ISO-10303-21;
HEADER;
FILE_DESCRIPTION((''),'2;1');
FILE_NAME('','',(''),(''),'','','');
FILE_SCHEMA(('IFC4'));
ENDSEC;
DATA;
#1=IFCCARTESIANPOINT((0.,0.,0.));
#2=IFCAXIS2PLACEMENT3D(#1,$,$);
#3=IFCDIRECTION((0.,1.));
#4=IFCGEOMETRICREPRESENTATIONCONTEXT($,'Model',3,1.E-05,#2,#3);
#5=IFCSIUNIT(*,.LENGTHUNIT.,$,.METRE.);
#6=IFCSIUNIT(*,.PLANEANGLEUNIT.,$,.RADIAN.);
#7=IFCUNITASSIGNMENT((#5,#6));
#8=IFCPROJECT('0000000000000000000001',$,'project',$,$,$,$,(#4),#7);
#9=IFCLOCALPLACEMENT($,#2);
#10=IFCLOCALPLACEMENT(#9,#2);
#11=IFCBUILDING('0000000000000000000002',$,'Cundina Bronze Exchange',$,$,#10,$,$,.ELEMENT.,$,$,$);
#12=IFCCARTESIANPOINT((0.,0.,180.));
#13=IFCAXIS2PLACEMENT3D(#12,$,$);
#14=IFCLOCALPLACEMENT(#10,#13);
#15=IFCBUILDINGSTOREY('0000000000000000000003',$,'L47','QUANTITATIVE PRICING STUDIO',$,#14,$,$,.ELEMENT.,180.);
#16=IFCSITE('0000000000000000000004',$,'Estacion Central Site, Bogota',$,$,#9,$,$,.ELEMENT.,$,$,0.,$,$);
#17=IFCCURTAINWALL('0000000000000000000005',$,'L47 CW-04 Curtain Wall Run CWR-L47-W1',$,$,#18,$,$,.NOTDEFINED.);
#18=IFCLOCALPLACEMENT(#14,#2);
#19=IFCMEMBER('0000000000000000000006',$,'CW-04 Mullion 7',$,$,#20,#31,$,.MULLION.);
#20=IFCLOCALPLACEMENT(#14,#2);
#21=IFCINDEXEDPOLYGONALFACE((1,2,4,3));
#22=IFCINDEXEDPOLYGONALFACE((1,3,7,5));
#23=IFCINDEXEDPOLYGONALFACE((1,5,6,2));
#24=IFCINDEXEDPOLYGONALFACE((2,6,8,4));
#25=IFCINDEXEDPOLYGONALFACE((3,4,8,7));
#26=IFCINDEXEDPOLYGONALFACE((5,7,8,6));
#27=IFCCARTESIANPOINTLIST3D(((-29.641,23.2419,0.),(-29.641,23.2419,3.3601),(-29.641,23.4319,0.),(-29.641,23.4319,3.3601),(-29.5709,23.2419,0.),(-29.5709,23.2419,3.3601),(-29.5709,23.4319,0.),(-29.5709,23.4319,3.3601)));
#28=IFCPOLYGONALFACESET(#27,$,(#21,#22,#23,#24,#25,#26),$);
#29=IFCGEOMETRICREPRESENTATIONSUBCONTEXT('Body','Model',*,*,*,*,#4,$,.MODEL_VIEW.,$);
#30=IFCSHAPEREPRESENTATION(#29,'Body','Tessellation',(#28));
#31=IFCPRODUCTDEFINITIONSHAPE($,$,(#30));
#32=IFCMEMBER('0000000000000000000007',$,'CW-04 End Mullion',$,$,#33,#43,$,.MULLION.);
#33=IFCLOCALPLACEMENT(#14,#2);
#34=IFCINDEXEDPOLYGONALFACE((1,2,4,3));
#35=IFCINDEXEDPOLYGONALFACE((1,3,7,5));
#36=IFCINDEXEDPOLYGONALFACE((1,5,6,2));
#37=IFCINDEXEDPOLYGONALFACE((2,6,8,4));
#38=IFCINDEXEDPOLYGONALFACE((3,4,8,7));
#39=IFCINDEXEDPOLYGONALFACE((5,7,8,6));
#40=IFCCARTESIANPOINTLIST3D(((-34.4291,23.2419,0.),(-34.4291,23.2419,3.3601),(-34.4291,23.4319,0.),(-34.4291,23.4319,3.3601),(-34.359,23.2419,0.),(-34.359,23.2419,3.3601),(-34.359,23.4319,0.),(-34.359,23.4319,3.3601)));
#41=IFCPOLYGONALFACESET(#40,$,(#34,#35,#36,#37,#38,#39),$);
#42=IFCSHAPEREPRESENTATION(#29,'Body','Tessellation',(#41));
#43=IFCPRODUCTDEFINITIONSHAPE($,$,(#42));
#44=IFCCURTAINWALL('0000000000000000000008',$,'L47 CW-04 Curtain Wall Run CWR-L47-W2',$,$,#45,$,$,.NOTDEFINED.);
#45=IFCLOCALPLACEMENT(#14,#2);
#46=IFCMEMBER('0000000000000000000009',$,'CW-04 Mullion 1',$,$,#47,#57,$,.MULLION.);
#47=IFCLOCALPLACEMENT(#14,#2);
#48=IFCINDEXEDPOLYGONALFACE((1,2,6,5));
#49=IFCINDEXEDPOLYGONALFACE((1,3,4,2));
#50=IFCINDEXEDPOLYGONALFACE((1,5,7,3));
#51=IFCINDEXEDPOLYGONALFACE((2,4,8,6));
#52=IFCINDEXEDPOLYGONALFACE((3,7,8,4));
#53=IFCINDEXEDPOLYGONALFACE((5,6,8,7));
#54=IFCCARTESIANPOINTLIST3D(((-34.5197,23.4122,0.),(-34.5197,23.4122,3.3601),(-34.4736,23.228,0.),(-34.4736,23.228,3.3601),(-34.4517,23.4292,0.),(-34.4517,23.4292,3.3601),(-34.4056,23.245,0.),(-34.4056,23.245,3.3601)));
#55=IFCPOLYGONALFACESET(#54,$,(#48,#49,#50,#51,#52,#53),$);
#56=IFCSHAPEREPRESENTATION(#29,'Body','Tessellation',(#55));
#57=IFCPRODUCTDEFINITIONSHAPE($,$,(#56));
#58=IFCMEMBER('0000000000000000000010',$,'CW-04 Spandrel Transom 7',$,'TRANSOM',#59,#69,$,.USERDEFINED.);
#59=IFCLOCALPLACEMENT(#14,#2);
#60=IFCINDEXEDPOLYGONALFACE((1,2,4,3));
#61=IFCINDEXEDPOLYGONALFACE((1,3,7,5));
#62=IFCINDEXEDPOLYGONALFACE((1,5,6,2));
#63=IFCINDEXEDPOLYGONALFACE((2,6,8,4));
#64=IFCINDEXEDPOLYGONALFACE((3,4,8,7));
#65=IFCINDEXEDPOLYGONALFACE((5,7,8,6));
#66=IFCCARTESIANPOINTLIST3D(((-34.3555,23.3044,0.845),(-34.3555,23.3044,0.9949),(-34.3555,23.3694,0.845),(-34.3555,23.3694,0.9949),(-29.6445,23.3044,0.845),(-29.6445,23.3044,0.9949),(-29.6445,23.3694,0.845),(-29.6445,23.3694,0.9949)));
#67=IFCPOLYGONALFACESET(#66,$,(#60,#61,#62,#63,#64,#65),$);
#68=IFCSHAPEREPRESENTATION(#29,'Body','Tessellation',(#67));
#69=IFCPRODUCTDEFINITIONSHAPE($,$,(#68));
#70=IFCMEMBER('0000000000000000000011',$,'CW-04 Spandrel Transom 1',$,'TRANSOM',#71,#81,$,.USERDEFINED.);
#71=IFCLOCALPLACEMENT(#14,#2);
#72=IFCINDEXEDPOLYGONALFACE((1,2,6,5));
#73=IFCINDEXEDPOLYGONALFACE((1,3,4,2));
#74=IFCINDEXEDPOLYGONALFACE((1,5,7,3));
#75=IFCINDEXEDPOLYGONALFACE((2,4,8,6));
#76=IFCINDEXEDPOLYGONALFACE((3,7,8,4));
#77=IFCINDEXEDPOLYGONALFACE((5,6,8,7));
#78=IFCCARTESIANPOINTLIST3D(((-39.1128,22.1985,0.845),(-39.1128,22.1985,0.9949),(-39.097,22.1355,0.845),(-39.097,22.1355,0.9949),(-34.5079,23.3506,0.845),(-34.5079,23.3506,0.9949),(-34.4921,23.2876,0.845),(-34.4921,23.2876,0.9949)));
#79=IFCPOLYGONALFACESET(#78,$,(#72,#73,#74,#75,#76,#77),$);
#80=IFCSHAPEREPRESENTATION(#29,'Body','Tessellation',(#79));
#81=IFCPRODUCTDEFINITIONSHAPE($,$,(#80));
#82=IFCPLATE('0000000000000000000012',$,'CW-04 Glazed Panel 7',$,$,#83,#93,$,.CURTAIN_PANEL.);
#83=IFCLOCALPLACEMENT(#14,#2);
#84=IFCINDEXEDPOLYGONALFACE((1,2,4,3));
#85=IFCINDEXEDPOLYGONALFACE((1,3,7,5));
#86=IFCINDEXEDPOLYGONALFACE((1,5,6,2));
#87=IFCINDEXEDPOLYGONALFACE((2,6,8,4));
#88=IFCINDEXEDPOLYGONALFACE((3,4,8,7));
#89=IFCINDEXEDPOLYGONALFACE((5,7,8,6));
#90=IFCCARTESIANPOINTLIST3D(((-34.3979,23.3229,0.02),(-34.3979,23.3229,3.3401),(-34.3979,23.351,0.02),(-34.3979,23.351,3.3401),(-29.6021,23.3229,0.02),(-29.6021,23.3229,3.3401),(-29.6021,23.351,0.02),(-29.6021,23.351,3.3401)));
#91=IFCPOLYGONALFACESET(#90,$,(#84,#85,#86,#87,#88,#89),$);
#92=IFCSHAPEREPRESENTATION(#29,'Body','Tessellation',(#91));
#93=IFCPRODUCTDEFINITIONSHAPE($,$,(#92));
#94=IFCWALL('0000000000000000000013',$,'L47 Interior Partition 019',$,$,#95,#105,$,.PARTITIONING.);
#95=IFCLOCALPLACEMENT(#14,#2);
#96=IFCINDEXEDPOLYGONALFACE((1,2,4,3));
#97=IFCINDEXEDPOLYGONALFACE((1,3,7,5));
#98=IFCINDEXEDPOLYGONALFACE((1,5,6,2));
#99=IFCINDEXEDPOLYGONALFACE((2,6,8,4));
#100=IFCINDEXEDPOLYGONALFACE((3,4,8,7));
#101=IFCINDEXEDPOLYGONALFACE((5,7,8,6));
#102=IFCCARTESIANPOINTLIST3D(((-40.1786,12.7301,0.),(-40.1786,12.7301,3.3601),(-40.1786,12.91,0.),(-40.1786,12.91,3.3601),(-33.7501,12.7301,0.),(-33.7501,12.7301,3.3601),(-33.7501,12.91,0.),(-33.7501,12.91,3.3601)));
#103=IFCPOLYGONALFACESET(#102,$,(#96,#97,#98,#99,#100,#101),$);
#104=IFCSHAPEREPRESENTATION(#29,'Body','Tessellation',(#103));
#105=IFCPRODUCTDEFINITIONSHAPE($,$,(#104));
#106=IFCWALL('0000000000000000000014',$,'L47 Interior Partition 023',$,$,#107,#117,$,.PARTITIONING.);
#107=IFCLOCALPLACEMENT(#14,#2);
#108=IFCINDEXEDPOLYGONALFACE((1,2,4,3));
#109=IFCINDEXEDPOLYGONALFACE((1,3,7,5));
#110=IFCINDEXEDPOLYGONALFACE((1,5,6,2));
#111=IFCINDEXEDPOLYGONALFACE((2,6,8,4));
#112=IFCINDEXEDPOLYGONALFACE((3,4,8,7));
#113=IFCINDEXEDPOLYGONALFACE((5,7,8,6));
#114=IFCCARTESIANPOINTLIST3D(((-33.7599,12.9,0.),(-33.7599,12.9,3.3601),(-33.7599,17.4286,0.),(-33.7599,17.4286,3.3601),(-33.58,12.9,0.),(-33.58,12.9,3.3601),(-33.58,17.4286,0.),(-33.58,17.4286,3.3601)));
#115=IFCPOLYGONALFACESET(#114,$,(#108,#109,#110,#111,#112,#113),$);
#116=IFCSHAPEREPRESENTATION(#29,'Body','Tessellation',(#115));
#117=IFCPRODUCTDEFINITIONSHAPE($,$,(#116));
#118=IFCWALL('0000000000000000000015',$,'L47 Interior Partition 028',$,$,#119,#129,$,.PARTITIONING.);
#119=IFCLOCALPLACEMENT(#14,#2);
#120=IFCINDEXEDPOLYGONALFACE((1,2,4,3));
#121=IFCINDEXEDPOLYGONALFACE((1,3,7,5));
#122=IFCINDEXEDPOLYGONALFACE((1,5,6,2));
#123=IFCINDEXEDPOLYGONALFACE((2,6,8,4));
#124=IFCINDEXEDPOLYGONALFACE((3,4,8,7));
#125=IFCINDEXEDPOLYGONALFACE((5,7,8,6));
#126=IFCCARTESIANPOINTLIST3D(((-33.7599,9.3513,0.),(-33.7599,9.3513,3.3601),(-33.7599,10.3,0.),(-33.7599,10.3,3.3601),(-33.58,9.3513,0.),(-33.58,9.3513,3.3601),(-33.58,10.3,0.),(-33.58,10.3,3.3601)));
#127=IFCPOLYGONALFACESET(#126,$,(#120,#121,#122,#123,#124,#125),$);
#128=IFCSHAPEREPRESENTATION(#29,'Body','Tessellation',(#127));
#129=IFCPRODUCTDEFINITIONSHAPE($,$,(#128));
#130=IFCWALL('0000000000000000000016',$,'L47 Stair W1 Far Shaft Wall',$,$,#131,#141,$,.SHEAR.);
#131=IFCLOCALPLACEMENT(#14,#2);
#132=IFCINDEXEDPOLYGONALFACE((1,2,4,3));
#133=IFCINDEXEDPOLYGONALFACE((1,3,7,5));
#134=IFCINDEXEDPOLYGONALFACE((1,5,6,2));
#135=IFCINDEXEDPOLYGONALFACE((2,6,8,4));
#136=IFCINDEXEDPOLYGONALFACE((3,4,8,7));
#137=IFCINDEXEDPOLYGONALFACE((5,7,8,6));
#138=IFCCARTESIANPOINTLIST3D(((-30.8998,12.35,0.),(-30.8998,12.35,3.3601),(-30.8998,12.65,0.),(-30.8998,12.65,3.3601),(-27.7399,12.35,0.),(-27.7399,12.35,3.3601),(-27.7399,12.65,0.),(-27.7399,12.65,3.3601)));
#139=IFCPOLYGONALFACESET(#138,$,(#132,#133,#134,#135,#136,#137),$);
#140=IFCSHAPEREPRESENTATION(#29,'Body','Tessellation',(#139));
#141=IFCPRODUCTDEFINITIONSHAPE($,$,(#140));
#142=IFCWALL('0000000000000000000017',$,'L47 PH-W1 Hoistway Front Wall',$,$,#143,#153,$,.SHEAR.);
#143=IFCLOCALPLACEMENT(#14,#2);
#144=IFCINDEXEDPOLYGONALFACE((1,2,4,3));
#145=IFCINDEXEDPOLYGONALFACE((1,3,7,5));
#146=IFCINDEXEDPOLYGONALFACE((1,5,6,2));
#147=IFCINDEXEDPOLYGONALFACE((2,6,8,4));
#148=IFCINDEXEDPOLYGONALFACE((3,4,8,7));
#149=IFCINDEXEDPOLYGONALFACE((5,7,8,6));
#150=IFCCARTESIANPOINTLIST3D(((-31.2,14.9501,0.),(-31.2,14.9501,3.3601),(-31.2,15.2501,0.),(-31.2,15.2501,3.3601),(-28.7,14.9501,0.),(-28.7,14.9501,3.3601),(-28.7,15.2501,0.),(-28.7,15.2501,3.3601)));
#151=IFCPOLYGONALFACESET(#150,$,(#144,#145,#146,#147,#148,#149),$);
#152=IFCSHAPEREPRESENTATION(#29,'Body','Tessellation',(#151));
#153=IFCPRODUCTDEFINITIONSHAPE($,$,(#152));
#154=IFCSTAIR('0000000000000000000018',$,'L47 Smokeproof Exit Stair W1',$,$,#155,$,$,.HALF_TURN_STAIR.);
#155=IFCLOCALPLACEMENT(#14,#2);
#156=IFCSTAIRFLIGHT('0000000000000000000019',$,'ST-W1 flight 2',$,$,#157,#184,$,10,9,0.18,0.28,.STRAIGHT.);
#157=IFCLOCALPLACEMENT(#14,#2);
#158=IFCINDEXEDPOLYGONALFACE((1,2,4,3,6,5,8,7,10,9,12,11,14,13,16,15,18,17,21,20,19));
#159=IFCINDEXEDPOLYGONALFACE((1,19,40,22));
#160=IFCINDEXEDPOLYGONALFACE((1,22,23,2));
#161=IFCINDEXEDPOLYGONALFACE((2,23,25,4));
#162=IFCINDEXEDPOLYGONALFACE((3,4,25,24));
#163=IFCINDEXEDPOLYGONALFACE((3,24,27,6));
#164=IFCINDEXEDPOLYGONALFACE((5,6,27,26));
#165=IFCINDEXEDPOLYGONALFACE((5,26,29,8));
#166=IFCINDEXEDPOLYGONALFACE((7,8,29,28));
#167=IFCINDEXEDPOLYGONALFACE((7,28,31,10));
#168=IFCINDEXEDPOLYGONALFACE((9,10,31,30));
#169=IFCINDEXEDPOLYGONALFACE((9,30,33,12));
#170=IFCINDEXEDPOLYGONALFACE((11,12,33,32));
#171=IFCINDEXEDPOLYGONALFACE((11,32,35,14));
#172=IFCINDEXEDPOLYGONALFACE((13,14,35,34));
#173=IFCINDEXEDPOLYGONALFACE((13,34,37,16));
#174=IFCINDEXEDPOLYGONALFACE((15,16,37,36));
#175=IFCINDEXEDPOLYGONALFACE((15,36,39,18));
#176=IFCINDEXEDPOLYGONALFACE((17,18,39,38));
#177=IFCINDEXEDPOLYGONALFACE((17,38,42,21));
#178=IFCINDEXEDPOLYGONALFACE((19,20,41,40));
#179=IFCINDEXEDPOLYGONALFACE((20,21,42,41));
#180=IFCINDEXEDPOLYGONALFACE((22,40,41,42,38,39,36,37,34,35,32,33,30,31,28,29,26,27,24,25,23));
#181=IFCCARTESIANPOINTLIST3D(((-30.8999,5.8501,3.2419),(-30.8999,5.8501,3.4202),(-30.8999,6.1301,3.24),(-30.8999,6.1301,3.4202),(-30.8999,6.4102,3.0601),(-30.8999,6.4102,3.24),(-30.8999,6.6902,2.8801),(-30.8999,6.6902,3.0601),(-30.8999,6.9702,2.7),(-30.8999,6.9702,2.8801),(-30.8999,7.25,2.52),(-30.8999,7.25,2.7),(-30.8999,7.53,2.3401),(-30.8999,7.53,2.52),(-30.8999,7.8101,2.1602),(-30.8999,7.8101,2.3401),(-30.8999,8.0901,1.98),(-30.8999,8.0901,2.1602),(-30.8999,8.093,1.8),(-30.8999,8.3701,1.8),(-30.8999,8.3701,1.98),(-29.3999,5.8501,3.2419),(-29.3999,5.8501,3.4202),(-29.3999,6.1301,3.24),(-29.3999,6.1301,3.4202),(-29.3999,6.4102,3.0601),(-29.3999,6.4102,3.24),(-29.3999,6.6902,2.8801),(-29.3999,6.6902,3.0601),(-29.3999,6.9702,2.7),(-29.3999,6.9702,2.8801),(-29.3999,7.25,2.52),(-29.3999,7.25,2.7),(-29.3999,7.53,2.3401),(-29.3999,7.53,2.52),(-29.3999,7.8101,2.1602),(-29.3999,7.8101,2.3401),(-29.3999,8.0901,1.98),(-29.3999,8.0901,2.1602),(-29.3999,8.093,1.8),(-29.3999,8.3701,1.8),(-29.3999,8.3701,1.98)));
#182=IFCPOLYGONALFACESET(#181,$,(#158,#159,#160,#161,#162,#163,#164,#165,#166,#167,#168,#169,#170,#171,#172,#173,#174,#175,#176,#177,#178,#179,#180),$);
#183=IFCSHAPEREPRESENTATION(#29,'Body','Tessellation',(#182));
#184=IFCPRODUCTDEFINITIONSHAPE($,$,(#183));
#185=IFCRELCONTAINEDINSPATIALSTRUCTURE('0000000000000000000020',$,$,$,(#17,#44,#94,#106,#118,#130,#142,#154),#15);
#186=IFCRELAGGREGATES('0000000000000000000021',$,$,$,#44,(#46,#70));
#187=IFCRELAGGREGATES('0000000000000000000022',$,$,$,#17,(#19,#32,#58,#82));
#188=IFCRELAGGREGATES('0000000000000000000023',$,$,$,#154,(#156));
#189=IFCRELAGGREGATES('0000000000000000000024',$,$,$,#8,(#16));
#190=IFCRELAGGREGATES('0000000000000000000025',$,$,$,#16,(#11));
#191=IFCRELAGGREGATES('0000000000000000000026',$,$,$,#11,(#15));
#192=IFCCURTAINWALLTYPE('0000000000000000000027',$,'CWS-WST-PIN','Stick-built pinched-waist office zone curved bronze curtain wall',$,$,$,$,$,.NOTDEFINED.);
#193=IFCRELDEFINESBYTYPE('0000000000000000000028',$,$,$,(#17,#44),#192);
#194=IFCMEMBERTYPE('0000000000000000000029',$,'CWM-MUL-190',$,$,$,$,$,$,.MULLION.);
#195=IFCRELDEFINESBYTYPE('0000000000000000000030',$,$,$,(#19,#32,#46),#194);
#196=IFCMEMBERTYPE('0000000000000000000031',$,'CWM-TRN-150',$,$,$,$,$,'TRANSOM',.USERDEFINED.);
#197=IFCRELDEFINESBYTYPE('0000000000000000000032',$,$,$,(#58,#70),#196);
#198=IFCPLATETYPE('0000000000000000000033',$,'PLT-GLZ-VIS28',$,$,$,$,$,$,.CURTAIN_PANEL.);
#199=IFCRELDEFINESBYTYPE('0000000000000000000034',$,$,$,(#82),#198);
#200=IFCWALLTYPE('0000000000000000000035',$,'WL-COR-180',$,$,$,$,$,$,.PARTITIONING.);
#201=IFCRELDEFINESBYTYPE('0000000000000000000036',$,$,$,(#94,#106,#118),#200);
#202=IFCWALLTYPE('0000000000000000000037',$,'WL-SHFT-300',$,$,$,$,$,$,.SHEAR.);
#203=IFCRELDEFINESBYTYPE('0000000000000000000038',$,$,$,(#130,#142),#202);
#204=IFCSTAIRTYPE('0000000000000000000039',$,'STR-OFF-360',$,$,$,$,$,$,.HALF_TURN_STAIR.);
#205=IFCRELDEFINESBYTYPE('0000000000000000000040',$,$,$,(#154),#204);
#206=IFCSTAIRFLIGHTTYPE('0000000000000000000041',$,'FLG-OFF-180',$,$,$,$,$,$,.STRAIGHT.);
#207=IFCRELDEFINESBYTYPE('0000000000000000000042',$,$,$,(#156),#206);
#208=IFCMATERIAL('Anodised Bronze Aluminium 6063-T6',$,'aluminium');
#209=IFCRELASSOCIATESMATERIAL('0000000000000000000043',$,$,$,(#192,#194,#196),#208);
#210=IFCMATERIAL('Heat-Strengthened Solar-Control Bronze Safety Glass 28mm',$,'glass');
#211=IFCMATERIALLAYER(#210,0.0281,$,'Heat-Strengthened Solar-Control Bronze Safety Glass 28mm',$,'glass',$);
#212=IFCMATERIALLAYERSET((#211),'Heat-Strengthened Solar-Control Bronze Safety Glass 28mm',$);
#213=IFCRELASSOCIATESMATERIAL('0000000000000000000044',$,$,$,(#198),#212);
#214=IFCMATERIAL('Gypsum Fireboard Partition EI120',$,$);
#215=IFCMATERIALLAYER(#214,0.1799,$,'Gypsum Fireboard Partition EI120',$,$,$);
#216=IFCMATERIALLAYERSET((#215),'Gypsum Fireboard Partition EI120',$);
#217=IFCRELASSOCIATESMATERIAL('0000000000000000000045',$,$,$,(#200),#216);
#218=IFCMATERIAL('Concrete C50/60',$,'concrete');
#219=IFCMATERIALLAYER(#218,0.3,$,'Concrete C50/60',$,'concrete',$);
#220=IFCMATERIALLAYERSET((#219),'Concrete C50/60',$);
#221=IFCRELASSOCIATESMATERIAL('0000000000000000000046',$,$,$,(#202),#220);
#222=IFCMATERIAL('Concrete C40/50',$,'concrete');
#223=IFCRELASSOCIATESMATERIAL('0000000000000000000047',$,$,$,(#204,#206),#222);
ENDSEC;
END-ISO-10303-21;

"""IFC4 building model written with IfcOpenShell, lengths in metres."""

from ifc_helpers import new_model, si_unit, direction, frame, frame_2d, origin, origin_2d, place, context, subcontext, project, spatial, polyline, rectangle, outline, extrude, material, layer, layer_set, material_profile, profile_set, type_object, element, aggregate, save


model = new_model("IFC4")

# Units and contexts
model_context = context("Model", 3, precision=1e-05, world=origin(), true_north=direction((0.0, 1.0)))
body_context = subcontext(model_context, "Body", "Model", "MODEL_VIEW")
ifc_project = project(units=[si_unit("LENGTHUNIT", "METRE"), si_unit("PLANEANGLEUNIT", "RADIAN")], contexts=[model_context])

# Site, building, storey
site_placement = place(None, origin())
site = spatial("IfcSite", under=ifc_project, at=site_placement, Name="Estacion Central Site, Bogota", CompositionType="ELEMENT", RefElevation=0.0)
building_placement = place(site_placement, origin())
building = spatial("IfcBuilding", under=site, at=building_placement, Name="Cundina Bronze Exchange", CompositionType="ELEMENT")
storey_placement = place(building_placement, frame((0.0, 0.0, 180.0)))
storey = spatial("IfcBuildingStorey", under=building, at=storey_placement, Name="L47", Description="QUANTITATIVE PRICING STUDIO", CompositionType="ELEMENT", Elevation=180.0)

# Shared definitions
ifc_material_1 = material(Name="Concrete C50/60", Category="concrete")

# Curtain wall, members
ifc_material_2 = material(Name="Anodised Bronze Aluminium 6063-T6", Category="aluminium")
curtain_wall_type = type_object("IfcCurtainWallType", Name="CWS-WST-PIN", Description="Stick-built pinched-waist office zone curved bronze curtain wall", PredefinedType="NOTDEFINED", material=ifc_material_2)
curtain_wall_1_placement = place(storey_placement, origin())
curtain_wall_1 = element("IfcCurtainWall", 1, at=curtain_wall_1_placement, inside=storey, type_object=curtain_wall_type, Name="L47 CW-04 Curtain Wall Run CWR-L47-W1", PredefinedType="NOTDEFINED")
ifc_material_profile_1 = material_profile(ifc_material_2, rectangle(XDim=0.0701, YDim=0.1899, at=origin_2d()), Name="AL70X190", Category="aluminium")
ifc_profile_set_1 = profile_set([ifc_material_profile_1], Name="Anodised Bronze Aluminium 6063-T6")
member_type_1 = type_object("IfcMemberType", Name="CWM-MUL-190", PredefinedType="MULLION", material=ifc_profile_set_1)
member_1_placement = place(storey_placement, frame((-29.606, 23.3369, 0.0), z_axis=(0.0, 0.0, 1.0), x_axis=(-1.0, 0.0, 0.0)))
member_1 = element("IfcMember", 2, at=member_1_placement, type_object=member_type_1, Name="CW-04 Mullion 7", PredefinedType="MULLION", context=body_context, shape_type="SweptSolid", body=[
    extrude(rectangle(XDim=0.0701, YDim=0.1899, at=origin_2d()), origin(), (0.0, 0.0, 1.0), 3.3601),
])
member_2_placement = place(storey_placement, frame((-34.394, 23.3369, 0.0), z_axis=(0.0, 0.0, 1.0), x_axis=(-1.0, 0.0, 0.0)))
member_2 = element("IfcMember", 3, at=member_2_placement, type_object=member_type_1, Name="CW-04 End Mullion", PredefinedType="MULLION", context=body_context, shape_type="SweptSolid", body=[
    extrude(rectangle(XDim=0.0701, YDim=0.1899, at=origin_2d()), origin(), (0.0, 0.0, 1.0), 3.3601),
])

# Curtain wall, member
curtain_wall_2_placement = place(storey_placement, origin())
curtain_wall_2 = element("IfcCurtainWall", 4, at=curtain_wall_2_placement, inside=storey, type_object=curtain_wall_type, Name="L47 CW-04 Curtain Wall Run CWR-L47-W2", PredefinedType="NOTDEFINED")
member_3_placement = place(storey_placement, frame((-34.4626, 23.3286, 0.0), z_axis=(0.0, 0.0, 1.0), x_axis=(-0.970084, -0.242769, 0.0)))
member_3 = element("IfcMember", 5, at=member_3_placement, type_object=member_type_1, Name="CW-04 Mullion 1", PredefinedType="MULLION", context=body_context, shape_type="SweptSolid", body=[
    extrude(rectangle(XDim=0.0701, YDim=0.1899, at=origin_2d()), origin(), (0.0, 0.0, 1.0), 3.3601),
])

# Members
ifc_material_profile_2 = material_profile(ifc_material_2, rectangle(XDim=0.0649, YDim=0.1499, at=origin_2d()), Name="AL65X150", Category="aluminium")
ifc_profile_set_2 = profile_set([ifc_material_profile_2], Name="Anodised Bronze Aluminium 6063-T6")
member_type_2 = type_object("IfcMemberType", Name="CWM-TRN-150", ElementType="TRANSOM", PredefinedType="USERDEFINED", material=ifc_profile_set_2)
member_4_placement = place(storey_placement, frame((-29.6445, 23.3369, 0.9199), z_axis=(-1.0, 0.0, 0.0), x_axis=(0.0, -1.0, 0.0)))
member_4 = element("IfcMember", 6, at=member_4_placement, type_object=member_type_2, Name="CW-04 Spandrel Transom 7", ObjectType="TRANSOM", PredefinedType="USERDEFINED", context=body_context, shape_type="SweptSolid", body=[
    extrude(rectangle(XDim=0.0649, YDim=0.1499, at=origin_2d()), origin(), (0.0, 0.0, 1.0), 4.7109),
])
member_5_placement = place(storey_placement, frame((-34.5, 23.3191, 0.9199), z_axis=(-0.9701, -0.242705, 0.0), x_axis=(0.242705, -0.9701, 0.0)))
member_5 = element("IfcMember", 7, at=member_5_placement, type_object=member_type_2, Name="CW-04 Spandrel Transom 1", ObjectType="TRANSOM", PredefinedType="USERDEFINED", context=body_context, shape_type="SweptSolid", body=[
    extrude(rectangle(XDim=0.0649, YDim=0.1499, at=origin_2d()), origin(), (0.0, 0.0, 1.0), 4.7468),
])
aggregate(curtain_wall_2, [member_3, member_5])

# Plate
ifc_material_3 = material(Name="Heat-Strengthened Solar-Control Bronze Safety Glass 28mm", Category="glass")
ifc_layer_1 = layer(ifc_material_3, 0.0281, Name="Heat-Strengthened Solar-Control Bronze Safety Glass 28mm", Category="glass")
ifc_layer_set_1 = layer_set([ifc_layer_1], Name="Heat-Strengthened Solar-Control Bronze Safety Glass 28mm")
plate_type = type_object("IfcPlateType", Name="PLT-GLZ-VIS28", PredefinedType="CURTAIN_PANEL", material=ifc_layer_set_1)
plate_placement = place(storey_placement, frame((-32.0, 23.3369, 0.02), z_axis=(0.0, 0.0, 1.0), x_axis=(-1.0, 0.0, 0.0)))
plate = element("IfcPlate", 8, at=plate_placement, type_object=plate_type, Name="CW-04 Glazed Panel 7", PredefinedType="CURTAIN_PANEL", context=body_context, shape_type="SweptSolid", body=[
    extrude(rectangle(XDim=4.7959, YDim=0.0281, at=origin_2d()), origin(), (0.0, 0.0, 1.0), 3.3201),
])
aggregate(curtain_wall_1, [member_1, member_2, member_4, plate])

# Shared definitions
ifc_material_4 = material(Name="Gypsum Fireboard Partition EI120")
ifc_layer_2 = layer(ifc_material_4, 0.1799, Name="Gypsum Fireboard Partition EI120")
ifc_layer_set_2 = layer_set([ifc_layer_2], Name="Gypsum Fireboard Partition EI120")
wall_type_1 = type_object("IfcWallType", Name="WL-COR-180", PredefinedType="PARTITIONING", material=ifc_layer_set_2)

# Walls
wall_1_placement = place(storey_placement, frame((-33.75, 12.8201, 0.0), z_axis=(0.0, 0.0, 1.0), x_axis=(-1.0, 0.0, 0.0)))
element("IfcWall", 9, at=wall_1_placement, inside=storey, type_object=wall_type_1, Name="L47 Interior Partition 019", PredefinedType="PARTITIONING", context=body_context, shape_type="SweptSolid", body=[
    extrude(rectangle(XDim=6.4285, YDim=0.1799, at=frame_2d((3.2144, 0.0))), origin(), (0.0, 0.0, 1.0), 3.3601),
])
wall_2_placement = place(storey_placement, frame((-33.6699, 17.4285, 0.0), z_axis=(0.0, 0.0, 1.0), x_axis=(0.0, -1.0, 0.0)))
element("IfcWall", 10, at=wall_2_placement, inside=storey, type_object=wall_type_1, Name="L47 Interior Partition 023", PredefinedType="PARTITIONING", context=body_context, shape_type="SweptSolid", body=[
    extrude(rectangle(XDim=4.5286, YDim=0.1799, at=frame_2d((2.2642, 0.0))), origin(), (0.0, 0.0, 1.0), 3.3601),
])
wall_3_placement = place(storey_placement, frame((-33.6699, 10.3, 0.0), z_axis=(0.0, 0.0, 1.0), x_axis=(0.0, -1.0, 0.0)))
element("IfcWall", 11, at=wall_3_placement, inside=storey, type_object=wall_type_1, Name="L47 Interior Partition 028", PredefinedType="PARTITIONING", context=body_context, shape_type="SweptSolid", body=[
    extrude(rectangle(XDim=0.9487, YDim=0.1799, at=frame_2d((0.4744, 0.0))), origin(), (0.0, 0.0, 1.0), 3.3601),
])

# Shared definitions
ifc_layer_3 = layer(ifc_material_1, 0.3, Name="Concrete C50/60", Category="concrete")
ifc_layer_set_3 = layer_set([ifc_layer_3], Name="Concrete C50/60")
wall_type_2 = type_object("IfcWallType", Name="WL-SHFT-300", PredefinedType="SHEAR", material=ifc_layer_set_3)

# Walls
wall_4_placement = place(storey_placement, frame((-30.8999, 12.5, 0.0), z_axis=(0.0, 0.0, 1.0), x_axis=(1.0, 0.0, 0.0)))
element("IfcWall", 12, at=wall_4_placement, inside=storey, type_object=wall_type_2, Name="L47 Stair W1 Far Shaft Wall", PredefinedType="SHEAR", context=body_context, shape_type="SweptSolid", body=[
    extrude(rectangle(XDim=3.1599, YDim=0.3, at=frame_2d((1.5801, 0.0))), origin(), (0.0, 0.0, 1.0), 3.3601),
])
wall_5_placement = place(storey_placement, frame((-31.2, 15.1001, 0.0), z_axis=(0.0, 0.0, 1.0), x_axis=(1.0, 0.0, 0.0)))
element("IfcWall", 13, at=wall_5_placement, inside=storey, type_object=wall_type_2, Name="L47 PH-W1 Hoistway Front Wall", PredefinedType="SHEAR", context=body_context, shape_type="SweptSolid", body=[
    extrude(rectangle(XDim=2.5, YDim=0.3, at=frame_2d((1.25, 0.0))), origin(), (0.0, 0.0, 1.0), 3.3601),
])

# Stair, stair flight
ifc_material_5 = material(Name="Concrete C40/50", Category="concrete")
stair_type = type_object("IfcStairType", Name="STR-OFF-360", PredefinedType="HALF_TURN_STAIR", material=ifc_material_5)
stair_placement = place(storey_placement, origin())
stair = element("IfcStair", 14, at=stair_placement, inside=storey, type_object=stair_type, Name="L47 Smokeproof Exit Stair W1", PredefinedType="HALF_TURN_STAIR")
stair_flight_type = type_object("IfcStairFlightType", Name="FLG-OFF-180", PredefinedType="STRAIGHT", material=ifc_material_5)
stair_flight_placement = place(storey_placement, frame((-30.1499, 8.3701, 1.8), z_axis=(0.0, 0.0, 1.0), x_axis=(0.0, -1.0, 0.0)))
stair_flight = element("IfcStairFlight", 15, at=stair_flight_placement, type_object=stair_flight_type, Name="ST-W1 flight 2", NumberOfRisers=10, NumberOfTreads=9, PredefinedType="STRAIGHT", RiserHeight=0.18, TreadLength=0.28, context=body_context, shape_type="SweptSolid", body=[
    extrude(outline(polyline([(0.0, 0.0), (0.0, 0.1799), (0.28, 0.1799), (0.28, 0.3601), (0.5601, 0.3601), (0.5601, 0.54), (0.8401, 0.54), (0.8401, 0.72), (1.1201, 0.72), (1.1201, 0.8999), (1.3999, 0.8999), (1.3999, 1.0801), (1.6799, 1.0801), (1.6799, 1.26), (1.96, 1.26), (1.96, 1.4399), (2.24, 1.4399), (2.24, 1.6201), (2.52, 1.6201), (2.52, 1.8), (2.52, 1.4419), (0.2771, 0.0), (0.0, 0.0)])), frame((0.0, 0.75, 0.0), z_axis=(0.0, -1.0, 0.0), x_axis=(1.0, 0.0, 0.0)), (0.0, 0.0, 1.0), 1.5),
])
aggregate(stair, [stair_flight])

save(model, "model.ifc")
